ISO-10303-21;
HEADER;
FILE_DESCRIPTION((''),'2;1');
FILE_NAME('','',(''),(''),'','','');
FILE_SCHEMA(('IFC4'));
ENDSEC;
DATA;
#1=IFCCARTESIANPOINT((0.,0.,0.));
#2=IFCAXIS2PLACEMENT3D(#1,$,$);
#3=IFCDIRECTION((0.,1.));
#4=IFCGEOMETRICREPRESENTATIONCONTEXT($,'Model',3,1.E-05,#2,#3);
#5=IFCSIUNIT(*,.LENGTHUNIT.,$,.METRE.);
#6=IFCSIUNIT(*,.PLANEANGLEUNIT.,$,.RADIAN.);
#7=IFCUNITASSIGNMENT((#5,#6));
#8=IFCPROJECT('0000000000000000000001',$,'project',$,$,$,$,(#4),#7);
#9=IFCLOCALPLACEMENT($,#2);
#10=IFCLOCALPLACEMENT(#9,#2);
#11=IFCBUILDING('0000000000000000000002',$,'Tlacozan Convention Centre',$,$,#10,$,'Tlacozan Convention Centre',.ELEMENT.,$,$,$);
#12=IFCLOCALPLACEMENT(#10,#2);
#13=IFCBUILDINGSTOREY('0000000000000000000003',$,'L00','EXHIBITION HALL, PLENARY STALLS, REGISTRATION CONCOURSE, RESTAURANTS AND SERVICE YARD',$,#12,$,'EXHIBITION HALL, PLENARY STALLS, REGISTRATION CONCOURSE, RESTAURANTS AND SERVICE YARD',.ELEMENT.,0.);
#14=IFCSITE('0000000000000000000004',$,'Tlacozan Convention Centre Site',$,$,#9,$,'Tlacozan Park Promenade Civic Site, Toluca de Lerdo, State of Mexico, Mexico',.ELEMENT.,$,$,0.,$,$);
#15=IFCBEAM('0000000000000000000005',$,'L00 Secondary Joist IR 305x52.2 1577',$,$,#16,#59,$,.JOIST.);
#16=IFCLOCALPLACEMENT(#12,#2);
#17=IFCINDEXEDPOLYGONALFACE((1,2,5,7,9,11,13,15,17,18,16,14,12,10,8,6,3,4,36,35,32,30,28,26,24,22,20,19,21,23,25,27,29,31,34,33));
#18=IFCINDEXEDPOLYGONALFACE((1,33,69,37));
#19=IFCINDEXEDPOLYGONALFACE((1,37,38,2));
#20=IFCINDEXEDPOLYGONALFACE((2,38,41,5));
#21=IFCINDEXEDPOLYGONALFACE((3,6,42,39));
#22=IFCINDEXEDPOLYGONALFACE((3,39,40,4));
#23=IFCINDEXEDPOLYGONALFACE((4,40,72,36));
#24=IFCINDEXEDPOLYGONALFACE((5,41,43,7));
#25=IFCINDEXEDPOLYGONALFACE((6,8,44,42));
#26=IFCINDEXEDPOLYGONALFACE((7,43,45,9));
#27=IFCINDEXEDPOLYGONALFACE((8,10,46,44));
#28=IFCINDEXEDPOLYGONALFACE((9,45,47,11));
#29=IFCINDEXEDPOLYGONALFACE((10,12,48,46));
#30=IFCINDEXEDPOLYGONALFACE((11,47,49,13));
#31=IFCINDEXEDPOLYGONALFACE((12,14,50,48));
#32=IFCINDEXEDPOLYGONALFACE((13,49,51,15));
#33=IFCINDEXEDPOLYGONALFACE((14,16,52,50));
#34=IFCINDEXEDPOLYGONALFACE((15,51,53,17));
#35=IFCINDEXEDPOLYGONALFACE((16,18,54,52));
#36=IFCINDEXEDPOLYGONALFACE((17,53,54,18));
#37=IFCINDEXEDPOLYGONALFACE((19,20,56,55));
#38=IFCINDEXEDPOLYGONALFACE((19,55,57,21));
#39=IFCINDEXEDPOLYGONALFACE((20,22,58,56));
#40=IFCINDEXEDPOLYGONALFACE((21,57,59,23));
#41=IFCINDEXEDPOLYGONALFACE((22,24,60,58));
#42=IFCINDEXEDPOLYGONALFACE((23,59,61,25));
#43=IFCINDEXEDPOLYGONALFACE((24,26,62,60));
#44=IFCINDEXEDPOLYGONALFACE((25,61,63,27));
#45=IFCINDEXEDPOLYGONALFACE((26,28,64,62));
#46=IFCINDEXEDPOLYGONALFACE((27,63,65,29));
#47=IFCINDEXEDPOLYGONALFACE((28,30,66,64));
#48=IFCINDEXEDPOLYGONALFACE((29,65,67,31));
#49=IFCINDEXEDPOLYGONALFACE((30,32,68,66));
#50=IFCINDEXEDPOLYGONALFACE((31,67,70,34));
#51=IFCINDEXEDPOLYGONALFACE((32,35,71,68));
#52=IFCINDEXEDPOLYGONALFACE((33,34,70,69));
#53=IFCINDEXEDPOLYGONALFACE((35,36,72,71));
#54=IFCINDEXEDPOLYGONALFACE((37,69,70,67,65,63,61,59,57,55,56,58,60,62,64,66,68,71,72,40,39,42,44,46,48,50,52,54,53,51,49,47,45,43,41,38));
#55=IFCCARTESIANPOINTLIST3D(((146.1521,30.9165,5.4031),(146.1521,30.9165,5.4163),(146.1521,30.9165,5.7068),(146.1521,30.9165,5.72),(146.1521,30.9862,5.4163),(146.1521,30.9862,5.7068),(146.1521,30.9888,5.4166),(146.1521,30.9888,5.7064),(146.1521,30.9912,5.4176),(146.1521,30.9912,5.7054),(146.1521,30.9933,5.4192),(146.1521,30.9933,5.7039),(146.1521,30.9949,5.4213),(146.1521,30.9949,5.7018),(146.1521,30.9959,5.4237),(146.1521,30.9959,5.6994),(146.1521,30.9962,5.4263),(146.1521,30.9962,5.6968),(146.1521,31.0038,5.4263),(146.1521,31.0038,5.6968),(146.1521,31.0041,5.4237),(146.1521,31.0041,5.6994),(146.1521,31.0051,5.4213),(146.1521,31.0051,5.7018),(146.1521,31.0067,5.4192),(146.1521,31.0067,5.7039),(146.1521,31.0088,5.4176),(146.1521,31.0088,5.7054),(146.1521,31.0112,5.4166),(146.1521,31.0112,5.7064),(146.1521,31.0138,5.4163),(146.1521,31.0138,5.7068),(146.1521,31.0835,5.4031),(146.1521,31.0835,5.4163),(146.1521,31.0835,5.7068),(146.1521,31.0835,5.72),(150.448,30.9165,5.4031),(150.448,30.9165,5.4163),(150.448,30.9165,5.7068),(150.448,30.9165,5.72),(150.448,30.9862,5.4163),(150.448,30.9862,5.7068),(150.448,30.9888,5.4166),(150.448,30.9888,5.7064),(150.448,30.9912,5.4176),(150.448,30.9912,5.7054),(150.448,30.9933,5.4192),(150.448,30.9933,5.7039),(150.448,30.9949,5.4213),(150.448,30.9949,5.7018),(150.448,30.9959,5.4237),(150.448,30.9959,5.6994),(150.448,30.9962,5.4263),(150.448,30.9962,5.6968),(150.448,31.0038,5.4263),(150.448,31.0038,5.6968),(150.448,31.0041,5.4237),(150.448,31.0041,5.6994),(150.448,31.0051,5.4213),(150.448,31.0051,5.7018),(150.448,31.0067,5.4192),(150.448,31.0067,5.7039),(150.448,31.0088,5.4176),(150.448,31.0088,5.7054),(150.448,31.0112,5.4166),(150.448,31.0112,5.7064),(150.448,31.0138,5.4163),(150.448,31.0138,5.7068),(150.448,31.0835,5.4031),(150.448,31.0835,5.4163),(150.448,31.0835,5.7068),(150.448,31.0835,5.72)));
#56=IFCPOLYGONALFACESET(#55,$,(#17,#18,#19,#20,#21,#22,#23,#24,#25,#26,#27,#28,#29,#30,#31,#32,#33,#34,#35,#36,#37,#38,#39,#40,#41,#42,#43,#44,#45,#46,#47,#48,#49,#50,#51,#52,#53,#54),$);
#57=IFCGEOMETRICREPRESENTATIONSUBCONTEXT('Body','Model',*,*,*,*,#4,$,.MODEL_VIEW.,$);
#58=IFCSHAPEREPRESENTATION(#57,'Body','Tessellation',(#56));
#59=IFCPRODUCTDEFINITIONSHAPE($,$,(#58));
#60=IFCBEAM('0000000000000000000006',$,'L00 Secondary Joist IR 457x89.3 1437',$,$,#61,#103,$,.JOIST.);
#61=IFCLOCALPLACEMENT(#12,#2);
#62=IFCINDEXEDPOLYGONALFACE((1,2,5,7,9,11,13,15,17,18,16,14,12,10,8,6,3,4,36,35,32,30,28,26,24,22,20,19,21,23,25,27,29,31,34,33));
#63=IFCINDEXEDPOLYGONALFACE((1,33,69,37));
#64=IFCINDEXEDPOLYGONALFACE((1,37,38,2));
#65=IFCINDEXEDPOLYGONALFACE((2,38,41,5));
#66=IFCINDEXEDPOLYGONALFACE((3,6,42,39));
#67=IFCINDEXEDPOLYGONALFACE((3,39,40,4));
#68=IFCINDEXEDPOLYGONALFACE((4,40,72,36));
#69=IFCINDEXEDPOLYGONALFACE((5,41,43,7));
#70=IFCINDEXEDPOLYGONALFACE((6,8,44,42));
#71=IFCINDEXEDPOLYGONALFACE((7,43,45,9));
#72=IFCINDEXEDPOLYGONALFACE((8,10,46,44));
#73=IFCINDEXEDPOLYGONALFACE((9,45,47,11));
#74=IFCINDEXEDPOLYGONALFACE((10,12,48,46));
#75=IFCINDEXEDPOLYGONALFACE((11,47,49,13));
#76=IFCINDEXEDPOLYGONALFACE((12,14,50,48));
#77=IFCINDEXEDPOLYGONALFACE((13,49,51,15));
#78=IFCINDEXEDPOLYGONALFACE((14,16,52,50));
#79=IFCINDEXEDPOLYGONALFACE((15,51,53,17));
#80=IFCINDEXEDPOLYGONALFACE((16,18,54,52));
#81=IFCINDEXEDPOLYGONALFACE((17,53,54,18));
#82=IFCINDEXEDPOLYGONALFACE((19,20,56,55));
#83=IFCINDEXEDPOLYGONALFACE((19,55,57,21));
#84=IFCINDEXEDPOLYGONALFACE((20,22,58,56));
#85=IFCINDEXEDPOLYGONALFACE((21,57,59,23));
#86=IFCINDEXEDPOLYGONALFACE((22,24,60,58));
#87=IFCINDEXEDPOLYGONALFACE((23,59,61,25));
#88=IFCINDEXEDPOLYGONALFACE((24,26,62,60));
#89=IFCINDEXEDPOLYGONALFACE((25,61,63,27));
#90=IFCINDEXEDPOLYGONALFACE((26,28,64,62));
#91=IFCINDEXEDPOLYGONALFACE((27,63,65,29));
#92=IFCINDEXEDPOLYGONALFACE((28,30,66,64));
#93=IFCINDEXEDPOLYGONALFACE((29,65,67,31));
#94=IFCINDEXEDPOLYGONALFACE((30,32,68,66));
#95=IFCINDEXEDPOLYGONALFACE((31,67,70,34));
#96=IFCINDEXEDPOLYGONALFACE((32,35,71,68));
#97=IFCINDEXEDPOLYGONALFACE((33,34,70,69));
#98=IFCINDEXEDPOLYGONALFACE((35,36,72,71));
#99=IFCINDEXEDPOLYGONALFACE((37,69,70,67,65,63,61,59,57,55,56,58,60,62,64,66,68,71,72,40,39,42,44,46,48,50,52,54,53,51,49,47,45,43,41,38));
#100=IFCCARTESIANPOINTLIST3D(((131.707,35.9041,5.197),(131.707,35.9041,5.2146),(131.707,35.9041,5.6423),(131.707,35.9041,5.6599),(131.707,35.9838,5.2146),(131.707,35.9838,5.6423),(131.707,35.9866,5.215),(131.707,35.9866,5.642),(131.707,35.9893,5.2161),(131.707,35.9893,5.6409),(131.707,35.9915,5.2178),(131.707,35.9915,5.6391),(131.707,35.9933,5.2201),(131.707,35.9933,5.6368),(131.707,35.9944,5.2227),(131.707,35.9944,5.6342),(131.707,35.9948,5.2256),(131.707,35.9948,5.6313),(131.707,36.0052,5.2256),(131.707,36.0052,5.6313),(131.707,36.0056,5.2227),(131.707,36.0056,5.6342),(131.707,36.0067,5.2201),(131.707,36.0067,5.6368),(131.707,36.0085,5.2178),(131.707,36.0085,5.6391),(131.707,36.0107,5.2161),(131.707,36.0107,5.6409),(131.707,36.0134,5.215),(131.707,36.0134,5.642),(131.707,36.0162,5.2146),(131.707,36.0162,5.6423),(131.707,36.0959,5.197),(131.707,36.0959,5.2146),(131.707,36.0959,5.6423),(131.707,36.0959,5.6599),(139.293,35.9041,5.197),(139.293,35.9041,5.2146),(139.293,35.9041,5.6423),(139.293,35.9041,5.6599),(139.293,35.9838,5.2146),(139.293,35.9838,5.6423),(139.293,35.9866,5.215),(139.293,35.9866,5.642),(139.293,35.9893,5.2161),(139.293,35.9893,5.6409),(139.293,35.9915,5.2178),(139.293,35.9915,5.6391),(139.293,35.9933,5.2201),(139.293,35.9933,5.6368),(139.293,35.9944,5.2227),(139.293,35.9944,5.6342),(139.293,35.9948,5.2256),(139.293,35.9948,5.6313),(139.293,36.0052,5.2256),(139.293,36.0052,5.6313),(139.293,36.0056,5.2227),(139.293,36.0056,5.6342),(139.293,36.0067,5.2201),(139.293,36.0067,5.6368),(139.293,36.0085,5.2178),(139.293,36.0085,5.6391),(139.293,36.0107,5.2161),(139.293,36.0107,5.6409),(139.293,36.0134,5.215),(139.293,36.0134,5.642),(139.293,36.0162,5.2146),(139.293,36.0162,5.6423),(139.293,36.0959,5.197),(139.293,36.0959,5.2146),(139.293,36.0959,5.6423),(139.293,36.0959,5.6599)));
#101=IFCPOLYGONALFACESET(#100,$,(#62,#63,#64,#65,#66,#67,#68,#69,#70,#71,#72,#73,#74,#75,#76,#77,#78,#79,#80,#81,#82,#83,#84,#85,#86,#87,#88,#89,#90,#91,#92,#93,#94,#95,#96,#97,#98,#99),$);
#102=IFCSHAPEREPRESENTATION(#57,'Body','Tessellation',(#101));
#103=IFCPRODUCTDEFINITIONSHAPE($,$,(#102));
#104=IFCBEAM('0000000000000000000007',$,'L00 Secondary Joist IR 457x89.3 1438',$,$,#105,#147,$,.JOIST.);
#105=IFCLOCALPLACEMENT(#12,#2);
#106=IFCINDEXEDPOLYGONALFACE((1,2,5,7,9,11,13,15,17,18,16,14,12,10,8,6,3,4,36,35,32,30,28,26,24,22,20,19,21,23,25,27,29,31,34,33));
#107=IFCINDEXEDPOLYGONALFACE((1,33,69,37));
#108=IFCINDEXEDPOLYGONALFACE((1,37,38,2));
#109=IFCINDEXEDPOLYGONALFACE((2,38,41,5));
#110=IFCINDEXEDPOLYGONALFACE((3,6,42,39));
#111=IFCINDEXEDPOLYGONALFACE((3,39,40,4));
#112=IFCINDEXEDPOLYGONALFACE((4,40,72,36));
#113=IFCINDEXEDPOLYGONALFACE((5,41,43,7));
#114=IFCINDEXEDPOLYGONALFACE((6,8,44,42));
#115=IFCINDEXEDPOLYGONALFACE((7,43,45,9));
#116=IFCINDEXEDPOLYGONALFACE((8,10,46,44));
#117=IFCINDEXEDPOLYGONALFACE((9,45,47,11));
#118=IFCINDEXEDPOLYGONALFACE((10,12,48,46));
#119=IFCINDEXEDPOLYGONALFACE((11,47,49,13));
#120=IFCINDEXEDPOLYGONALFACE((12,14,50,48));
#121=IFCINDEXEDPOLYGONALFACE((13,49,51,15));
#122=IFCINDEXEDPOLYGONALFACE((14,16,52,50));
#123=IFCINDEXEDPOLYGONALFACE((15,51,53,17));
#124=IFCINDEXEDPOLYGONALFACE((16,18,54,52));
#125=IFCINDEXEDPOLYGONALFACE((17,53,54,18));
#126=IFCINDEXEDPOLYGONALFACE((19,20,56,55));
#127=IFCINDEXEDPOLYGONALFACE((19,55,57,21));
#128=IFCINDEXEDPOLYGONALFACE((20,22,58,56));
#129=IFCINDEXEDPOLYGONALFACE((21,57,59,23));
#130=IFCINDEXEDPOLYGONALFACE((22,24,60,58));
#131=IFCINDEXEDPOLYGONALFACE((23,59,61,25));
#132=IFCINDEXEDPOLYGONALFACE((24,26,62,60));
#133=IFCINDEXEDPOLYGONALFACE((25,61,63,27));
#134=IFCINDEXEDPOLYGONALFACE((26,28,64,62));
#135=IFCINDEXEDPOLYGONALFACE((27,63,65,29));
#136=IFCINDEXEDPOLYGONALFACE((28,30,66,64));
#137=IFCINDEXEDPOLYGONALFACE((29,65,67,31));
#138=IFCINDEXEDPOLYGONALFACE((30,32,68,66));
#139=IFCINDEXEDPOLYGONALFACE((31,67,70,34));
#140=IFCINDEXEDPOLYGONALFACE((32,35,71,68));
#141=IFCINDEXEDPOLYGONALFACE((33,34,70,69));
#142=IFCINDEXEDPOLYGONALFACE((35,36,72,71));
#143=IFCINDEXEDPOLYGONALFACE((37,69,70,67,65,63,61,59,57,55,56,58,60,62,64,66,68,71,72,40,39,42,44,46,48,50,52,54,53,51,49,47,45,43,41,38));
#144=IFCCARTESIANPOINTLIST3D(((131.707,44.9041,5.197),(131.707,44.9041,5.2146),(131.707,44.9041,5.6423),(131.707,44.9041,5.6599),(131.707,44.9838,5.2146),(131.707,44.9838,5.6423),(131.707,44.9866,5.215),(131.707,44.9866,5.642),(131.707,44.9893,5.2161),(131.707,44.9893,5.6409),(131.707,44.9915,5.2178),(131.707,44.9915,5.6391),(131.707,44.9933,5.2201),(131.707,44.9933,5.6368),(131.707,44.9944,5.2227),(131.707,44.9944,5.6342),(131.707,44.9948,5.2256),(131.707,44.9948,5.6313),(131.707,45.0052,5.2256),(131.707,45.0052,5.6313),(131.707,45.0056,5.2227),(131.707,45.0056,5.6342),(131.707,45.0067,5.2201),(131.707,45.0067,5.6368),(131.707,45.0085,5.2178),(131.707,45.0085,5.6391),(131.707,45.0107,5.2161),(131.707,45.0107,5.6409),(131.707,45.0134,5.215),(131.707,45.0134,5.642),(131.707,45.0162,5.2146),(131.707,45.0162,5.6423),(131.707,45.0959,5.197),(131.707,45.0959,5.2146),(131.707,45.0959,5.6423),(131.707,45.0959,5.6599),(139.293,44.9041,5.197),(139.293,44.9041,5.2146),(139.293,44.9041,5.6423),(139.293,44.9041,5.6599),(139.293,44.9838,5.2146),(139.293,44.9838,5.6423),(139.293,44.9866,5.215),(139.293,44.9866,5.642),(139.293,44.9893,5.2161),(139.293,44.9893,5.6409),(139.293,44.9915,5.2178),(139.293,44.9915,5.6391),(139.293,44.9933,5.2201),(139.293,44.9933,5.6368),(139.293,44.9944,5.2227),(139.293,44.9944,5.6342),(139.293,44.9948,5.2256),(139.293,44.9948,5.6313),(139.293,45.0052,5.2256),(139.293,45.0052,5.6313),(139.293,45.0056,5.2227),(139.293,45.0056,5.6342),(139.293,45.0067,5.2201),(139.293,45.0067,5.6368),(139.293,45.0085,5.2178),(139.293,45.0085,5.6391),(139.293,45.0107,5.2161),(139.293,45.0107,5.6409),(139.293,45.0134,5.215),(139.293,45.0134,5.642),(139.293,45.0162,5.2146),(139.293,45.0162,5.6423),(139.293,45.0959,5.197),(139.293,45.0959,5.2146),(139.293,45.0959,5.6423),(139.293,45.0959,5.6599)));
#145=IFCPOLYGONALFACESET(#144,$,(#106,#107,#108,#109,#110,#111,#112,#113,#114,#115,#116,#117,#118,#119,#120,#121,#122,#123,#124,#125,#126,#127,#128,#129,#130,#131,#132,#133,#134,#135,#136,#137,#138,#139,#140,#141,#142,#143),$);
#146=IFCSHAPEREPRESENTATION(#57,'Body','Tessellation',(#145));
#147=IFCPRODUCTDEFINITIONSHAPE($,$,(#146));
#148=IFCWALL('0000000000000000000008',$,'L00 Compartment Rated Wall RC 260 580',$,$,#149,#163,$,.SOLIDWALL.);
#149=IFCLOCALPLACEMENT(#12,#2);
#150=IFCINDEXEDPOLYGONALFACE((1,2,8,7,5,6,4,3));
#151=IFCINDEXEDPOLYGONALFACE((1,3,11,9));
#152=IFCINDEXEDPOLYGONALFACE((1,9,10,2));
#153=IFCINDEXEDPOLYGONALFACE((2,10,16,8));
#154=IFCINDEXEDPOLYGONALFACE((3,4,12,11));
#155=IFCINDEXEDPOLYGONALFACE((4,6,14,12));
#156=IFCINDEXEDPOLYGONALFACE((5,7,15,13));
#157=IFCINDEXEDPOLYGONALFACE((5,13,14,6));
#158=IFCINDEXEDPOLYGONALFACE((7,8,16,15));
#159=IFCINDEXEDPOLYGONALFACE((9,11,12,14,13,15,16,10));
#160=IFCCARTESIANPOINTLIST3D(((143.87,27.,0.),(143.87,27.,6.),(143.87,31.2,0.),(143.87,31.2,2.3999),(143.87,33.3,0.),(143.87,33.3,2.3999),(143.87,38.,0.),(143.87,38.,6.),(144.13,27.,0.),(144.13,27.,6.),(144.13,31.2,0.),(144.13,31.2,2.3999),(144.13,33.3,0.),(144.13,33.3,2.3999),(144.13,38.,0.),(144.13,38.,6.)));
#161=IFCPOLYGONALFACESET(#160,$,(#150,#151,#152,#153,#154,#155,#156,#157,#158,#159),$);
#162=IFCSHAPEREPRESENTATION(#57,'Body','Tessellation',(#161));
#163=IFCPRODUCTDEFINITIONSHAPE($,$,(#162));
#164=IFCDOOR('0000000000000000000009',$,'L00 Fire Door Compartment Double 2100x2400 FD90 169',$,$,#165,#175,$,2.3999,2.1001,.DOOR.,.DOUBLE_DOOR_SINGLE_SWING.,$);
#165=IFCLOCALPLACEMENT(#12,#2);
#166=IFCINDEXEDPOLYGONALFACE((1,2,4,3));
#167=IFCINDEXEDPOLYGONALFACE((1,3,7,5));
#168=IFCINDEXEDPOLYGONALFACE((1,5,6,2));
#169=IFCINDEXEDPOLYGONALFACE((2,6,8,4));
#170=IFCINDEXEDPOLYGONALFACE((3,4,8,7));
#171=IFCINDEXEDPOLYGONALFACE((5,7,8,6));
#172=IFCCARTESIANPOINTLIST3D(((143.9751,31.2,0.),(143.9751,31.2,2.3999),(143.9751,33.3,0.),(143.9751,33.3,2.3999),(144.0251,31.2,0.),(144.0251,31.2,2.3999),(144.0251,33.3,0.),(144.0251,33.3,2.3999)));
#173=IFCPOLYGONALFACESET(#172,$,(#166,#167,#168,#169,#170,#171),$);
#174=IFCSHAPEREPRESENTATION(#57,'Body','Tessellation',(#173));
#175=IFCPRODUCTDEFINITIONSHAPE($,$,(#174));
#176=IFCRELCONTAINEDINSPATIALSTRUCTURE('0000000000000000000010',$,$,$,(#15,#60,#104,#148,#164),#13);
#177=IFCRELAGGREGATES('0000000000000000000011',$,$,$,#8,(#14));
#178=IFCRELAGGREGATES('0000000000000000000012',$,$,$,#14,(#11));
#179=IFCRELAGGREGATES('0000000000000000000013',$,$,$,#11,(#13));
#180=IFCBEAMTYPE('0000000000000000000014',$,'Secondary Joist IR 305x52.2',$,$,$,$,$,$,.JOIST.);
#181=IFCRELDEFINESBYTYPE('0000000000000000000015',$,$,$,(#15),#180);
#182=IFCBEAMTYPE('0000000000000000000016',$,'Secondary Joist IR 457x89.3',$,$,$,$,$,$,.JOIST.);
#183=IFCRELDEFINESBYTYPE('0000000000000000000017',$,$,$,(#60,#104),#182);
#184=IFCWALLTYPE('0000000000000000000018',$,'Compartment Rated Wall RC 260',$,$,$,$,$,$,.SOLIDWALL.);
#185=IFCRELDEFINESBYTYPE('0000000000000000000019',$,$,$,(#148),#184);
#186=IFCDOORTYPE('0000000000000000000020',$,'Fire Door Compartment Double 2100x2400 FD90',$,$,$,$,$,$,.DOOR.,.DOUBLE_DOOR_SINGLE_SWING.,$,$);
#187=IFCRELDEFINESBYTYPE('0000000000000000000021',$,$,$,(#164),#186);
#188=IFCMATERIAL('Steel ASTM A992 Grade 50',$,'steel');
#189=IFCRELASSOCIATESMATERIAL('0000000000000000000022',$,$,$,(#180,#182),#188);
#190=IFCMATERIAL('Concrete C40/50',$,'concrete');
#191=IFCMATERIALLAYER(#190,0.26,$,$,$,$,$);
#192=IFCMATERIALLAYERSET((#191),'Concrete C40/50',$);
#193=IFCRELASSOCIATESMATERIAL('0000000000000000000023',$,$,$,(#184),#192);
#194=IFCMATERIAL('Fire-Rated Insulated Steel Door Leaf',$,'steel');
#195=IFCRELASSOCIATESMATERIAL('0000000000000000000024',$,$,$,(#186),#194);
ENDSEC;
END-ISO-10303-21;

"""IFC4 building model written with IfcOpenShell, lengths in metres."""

from ifc_helpers import new_model, si_unit, direction, frame, frame_2d, origin, origin_2d, place, context, subcontext, project, spatial, rectangle, i_section, extrude, material, layer, layer_set, material_profile, profile_set, type_object, element, fill, save


model = new_model("IFC4")

# Units and contexts
model_context = context("Model", 3, precision=1e-05, world=origin(), true_north=direction((0.0, 1.0)))
body_context = subcontext(model_context, "Body", "Model", "MODEL_VIEW")
ifc_project = project(units=[si_unit("LENGTHUNIT", "METRE"), si_unit("PLANEANGLEUNIT", "RADIAN")], contexts=[model_context])

# Site, building, storey
site_placement = place(None, origin())
site = spatial("IfcSite", under=ifc_project, at=site_placement, Name="Tlacozan Convention Centre Site", LongName="Tlacozan Park Promenade Civic Site, Toluca de Lerdo, State of Mexico, Mexico", CompositionType="ELEMENT", RefElevation=0.0)
building_placement = place(site_placement, origin())
building = spatial("IfcBuilding", under=site, at=building_placement, Name="Tlacozan Convention Centre", LongName="Tlacozan Convention Centre", CompositionType="ELEMENT")
storey_placement = place(building_placement, origin())
storey = spatial("IfcBuildingStorey", under=building, at=storey_placement, Name="L00", Description="EXHIBITION HALL, PLENARY STALLS, REGISTRATION CONCOURSE, RESTAURANTS AND SERVICE YARD", LongName="EXHIBITION HALL, PLENARY STALLS, REGISTRATION CONCOURSE, RESTAURANTS AND SERVICE YARD", CompositionType="ELEMENT", Elevation=0.0)

# Shared definitions
ifc_material_1 = material(Name="Concrete C40/50", Category="concrete")

# Beams
ifc_material_2 = material(Name="Steel ASTM A992 Grade 50", Category="steel")
ifc_material_profile_1 = material_profile(ifc_material_2, i_section(OverallWidth=0.167, OverallDepth=0.3169, WebThickness=0.0076, FlangeThickness=0.0132, FilletRadius=0.01, at=origin_2d()), Name="IR 305x52.2")
ifc_profile_set_1 = profile_set([ifc_material_profile_1], Name="Steel ASTM A992 Grade 50")
beam_type_1 = type_object("IfcBeamType", Name="Secondary Joist IR 305x52.2", PredefinedType="JOIST", material=ifc_profile_set_1)
beam_1_placement = place(storey_placement, frame((146.1521, 31.0, 5.5615), z_axis=(1.0, 0.0, 0.0), x_axis=(0.0, 1.0, 0.0)))
element("IfcBeam", 1, at=beam_1_placement, inside=storey, type_object=beam_type_1, Name="L00 Secondary Joist IR 305x52.2 1577", PredefinedType="JOIST", context=body_context, shape_type="SweptSolid", body=[
    extrude(i_section(OverallWidth=0.167, OverallDepth=0.3169, WebThickness=0.0076, FlangeThickness=0.0132, FilletRadius=0.01, at=origin_2d()), origin(), (0.0, 0.0, 1.0), 4.2959),
])
ifc_material_profile_2 = material_profile(ifc_material_2, i_section(OverallWidth=0.1919, OverallDepth=0.4629, WebThickness=0.0105, FlangeThickness=0.0176, FilletRadius=0.011, at=origin_2d()), Name="IR 457x89.3")
ifc_profile_set_2 = profile_set([ifc_material_profile_2], Name="Steel ASTM A992 Grade 50")
beam_type_2 = type_object("IfcBeamType", Name="Secondary Joist IR 457x89.3", PredefinedType="JOIST", material=ifc_profile_set_2)
for number, where, z_axis, x_axis, name in (
    (2, (131.707, 36.0, 5.4285), (1.0, 0.0, 0.0), (0.0, 1.0, 0.0), "L00 Secondary Joist IR 457x89.3 1437"),
    (3, (131.707, 45.0, 5.4285), (1.0, 0.0, 0.0), (0.0, 1.0, 0.0), "L00 Secondary Joist IR 457x89.3 1438"),
):
    element("IfcBeam", number, at=place(storey_placement, frame(where, z_axis=z_axis, x_axis=x_axis)), inside=storey, type_object=beam_type_2, Name=name, PredefinedType="JOIST", context=body_context, shape_type="SweptSolid", body=[
        extrude(i_section(OverallWidth=0.1919, OverallDepth=0.4629, WebThickness=0.0105, FlangeThickness=0.0176, FilletRadius=0.011, at=origin_2d()), origin(), (0.0, 0.0, 1.0), 7.5859),
    ])

# Wall, opening, door
ifc_layer_1 = layer(ifc_material_1, 0.26)
ifc_layer_set_1 = layer_set([ifc_layer_1], Name="Concrete C40/50")
wall_type_1 = type_object("IfcWallType", Name="Compartment Rated Wall RC 260", PredefinedType="SOLIDWALL", material=ifc_layer_set_1)
wall_1_placement = place(storey_placement, frame((144.0, 27.0, 0.0), z_axis=(0.0, 0.0, 1.0), x_axis=(0.0, 1.0, 0.0)))
wall_1 = element("IfcWall", 4, at=wall_1_placement, inside=storey, type_object=wall_type_1, Name="L00 Compartment Rated Wall RC 260 580", PredefinedType="SOLIDWALL", context=body_context, shape_type="SweptSolid", body=[
    extrude(rectangle(XDim=11.0, YDim=0.26, at=frame_2d((5.5, 0.0))), origin(), (0.0, 0.0, 1.0), 6.0),
])
opening_1_placement = place(wall_1_placement, frame((4.2, 0.0, 0.0)))
opening_1 = element("IfcOpeningElement", 5, at=opening_1_placement, cuts=wall_1, PredefinedType="OPENING", context=body_context, shape_type="SweptSolid", body=[
    extrude(rectangle(XDim=2.1001, YDim=2.3999, at=frame_2d((1.05, 1.2))), frame((0.0, 0.1399, 0.0), z_axis=(0.0, -1.0, 0.0), x_axis=(1.0, 0.0, 0.0)), (0.0, 0.0, 1.0), 0.28),
])
ifc_material_3 = material(Name="Fire-Rated Insulated Steel Door Leaf", Category="steel")
door_type_1 = type_object("IfcDoorType", Name="Fire Door Compartment Double 2100x2400 FD90", OperationType="DOUBLE_DOOR_SINGLE_SWING", PredefinedType="DOOR", material=ifc_material_3)
door_1_placement = place(opening_1_placement, origin())
door_1 = element("IfcDoor", 6, at=door_1_placement, inside=storey, type_object=door_type_1, Name="L00 Fire Door Compartment Double 2100x2400 FD90 169", OperationType="DOUBLE_DOOR_SINGLE_SWING", OverallHeight=2.3999, OverallWidth=2.1001, PredefinedType="DOOR", context=body_context, shape_type="SweptSolid", body=[
    extrude(rectangle(XDim=2.1001, YDim=2.3999, at=frame_2d((1.05, 1.2))), frame((0.0, 0.0249, 0.0), z_axis=(0.0, -1.0, 0.0), x_axis=(1.0, 0.0, 0.0)), (0.0, 0.0, 1.0), 0.05),
])
fill(opening_1, door_1)

save(model, "model.ifc")
